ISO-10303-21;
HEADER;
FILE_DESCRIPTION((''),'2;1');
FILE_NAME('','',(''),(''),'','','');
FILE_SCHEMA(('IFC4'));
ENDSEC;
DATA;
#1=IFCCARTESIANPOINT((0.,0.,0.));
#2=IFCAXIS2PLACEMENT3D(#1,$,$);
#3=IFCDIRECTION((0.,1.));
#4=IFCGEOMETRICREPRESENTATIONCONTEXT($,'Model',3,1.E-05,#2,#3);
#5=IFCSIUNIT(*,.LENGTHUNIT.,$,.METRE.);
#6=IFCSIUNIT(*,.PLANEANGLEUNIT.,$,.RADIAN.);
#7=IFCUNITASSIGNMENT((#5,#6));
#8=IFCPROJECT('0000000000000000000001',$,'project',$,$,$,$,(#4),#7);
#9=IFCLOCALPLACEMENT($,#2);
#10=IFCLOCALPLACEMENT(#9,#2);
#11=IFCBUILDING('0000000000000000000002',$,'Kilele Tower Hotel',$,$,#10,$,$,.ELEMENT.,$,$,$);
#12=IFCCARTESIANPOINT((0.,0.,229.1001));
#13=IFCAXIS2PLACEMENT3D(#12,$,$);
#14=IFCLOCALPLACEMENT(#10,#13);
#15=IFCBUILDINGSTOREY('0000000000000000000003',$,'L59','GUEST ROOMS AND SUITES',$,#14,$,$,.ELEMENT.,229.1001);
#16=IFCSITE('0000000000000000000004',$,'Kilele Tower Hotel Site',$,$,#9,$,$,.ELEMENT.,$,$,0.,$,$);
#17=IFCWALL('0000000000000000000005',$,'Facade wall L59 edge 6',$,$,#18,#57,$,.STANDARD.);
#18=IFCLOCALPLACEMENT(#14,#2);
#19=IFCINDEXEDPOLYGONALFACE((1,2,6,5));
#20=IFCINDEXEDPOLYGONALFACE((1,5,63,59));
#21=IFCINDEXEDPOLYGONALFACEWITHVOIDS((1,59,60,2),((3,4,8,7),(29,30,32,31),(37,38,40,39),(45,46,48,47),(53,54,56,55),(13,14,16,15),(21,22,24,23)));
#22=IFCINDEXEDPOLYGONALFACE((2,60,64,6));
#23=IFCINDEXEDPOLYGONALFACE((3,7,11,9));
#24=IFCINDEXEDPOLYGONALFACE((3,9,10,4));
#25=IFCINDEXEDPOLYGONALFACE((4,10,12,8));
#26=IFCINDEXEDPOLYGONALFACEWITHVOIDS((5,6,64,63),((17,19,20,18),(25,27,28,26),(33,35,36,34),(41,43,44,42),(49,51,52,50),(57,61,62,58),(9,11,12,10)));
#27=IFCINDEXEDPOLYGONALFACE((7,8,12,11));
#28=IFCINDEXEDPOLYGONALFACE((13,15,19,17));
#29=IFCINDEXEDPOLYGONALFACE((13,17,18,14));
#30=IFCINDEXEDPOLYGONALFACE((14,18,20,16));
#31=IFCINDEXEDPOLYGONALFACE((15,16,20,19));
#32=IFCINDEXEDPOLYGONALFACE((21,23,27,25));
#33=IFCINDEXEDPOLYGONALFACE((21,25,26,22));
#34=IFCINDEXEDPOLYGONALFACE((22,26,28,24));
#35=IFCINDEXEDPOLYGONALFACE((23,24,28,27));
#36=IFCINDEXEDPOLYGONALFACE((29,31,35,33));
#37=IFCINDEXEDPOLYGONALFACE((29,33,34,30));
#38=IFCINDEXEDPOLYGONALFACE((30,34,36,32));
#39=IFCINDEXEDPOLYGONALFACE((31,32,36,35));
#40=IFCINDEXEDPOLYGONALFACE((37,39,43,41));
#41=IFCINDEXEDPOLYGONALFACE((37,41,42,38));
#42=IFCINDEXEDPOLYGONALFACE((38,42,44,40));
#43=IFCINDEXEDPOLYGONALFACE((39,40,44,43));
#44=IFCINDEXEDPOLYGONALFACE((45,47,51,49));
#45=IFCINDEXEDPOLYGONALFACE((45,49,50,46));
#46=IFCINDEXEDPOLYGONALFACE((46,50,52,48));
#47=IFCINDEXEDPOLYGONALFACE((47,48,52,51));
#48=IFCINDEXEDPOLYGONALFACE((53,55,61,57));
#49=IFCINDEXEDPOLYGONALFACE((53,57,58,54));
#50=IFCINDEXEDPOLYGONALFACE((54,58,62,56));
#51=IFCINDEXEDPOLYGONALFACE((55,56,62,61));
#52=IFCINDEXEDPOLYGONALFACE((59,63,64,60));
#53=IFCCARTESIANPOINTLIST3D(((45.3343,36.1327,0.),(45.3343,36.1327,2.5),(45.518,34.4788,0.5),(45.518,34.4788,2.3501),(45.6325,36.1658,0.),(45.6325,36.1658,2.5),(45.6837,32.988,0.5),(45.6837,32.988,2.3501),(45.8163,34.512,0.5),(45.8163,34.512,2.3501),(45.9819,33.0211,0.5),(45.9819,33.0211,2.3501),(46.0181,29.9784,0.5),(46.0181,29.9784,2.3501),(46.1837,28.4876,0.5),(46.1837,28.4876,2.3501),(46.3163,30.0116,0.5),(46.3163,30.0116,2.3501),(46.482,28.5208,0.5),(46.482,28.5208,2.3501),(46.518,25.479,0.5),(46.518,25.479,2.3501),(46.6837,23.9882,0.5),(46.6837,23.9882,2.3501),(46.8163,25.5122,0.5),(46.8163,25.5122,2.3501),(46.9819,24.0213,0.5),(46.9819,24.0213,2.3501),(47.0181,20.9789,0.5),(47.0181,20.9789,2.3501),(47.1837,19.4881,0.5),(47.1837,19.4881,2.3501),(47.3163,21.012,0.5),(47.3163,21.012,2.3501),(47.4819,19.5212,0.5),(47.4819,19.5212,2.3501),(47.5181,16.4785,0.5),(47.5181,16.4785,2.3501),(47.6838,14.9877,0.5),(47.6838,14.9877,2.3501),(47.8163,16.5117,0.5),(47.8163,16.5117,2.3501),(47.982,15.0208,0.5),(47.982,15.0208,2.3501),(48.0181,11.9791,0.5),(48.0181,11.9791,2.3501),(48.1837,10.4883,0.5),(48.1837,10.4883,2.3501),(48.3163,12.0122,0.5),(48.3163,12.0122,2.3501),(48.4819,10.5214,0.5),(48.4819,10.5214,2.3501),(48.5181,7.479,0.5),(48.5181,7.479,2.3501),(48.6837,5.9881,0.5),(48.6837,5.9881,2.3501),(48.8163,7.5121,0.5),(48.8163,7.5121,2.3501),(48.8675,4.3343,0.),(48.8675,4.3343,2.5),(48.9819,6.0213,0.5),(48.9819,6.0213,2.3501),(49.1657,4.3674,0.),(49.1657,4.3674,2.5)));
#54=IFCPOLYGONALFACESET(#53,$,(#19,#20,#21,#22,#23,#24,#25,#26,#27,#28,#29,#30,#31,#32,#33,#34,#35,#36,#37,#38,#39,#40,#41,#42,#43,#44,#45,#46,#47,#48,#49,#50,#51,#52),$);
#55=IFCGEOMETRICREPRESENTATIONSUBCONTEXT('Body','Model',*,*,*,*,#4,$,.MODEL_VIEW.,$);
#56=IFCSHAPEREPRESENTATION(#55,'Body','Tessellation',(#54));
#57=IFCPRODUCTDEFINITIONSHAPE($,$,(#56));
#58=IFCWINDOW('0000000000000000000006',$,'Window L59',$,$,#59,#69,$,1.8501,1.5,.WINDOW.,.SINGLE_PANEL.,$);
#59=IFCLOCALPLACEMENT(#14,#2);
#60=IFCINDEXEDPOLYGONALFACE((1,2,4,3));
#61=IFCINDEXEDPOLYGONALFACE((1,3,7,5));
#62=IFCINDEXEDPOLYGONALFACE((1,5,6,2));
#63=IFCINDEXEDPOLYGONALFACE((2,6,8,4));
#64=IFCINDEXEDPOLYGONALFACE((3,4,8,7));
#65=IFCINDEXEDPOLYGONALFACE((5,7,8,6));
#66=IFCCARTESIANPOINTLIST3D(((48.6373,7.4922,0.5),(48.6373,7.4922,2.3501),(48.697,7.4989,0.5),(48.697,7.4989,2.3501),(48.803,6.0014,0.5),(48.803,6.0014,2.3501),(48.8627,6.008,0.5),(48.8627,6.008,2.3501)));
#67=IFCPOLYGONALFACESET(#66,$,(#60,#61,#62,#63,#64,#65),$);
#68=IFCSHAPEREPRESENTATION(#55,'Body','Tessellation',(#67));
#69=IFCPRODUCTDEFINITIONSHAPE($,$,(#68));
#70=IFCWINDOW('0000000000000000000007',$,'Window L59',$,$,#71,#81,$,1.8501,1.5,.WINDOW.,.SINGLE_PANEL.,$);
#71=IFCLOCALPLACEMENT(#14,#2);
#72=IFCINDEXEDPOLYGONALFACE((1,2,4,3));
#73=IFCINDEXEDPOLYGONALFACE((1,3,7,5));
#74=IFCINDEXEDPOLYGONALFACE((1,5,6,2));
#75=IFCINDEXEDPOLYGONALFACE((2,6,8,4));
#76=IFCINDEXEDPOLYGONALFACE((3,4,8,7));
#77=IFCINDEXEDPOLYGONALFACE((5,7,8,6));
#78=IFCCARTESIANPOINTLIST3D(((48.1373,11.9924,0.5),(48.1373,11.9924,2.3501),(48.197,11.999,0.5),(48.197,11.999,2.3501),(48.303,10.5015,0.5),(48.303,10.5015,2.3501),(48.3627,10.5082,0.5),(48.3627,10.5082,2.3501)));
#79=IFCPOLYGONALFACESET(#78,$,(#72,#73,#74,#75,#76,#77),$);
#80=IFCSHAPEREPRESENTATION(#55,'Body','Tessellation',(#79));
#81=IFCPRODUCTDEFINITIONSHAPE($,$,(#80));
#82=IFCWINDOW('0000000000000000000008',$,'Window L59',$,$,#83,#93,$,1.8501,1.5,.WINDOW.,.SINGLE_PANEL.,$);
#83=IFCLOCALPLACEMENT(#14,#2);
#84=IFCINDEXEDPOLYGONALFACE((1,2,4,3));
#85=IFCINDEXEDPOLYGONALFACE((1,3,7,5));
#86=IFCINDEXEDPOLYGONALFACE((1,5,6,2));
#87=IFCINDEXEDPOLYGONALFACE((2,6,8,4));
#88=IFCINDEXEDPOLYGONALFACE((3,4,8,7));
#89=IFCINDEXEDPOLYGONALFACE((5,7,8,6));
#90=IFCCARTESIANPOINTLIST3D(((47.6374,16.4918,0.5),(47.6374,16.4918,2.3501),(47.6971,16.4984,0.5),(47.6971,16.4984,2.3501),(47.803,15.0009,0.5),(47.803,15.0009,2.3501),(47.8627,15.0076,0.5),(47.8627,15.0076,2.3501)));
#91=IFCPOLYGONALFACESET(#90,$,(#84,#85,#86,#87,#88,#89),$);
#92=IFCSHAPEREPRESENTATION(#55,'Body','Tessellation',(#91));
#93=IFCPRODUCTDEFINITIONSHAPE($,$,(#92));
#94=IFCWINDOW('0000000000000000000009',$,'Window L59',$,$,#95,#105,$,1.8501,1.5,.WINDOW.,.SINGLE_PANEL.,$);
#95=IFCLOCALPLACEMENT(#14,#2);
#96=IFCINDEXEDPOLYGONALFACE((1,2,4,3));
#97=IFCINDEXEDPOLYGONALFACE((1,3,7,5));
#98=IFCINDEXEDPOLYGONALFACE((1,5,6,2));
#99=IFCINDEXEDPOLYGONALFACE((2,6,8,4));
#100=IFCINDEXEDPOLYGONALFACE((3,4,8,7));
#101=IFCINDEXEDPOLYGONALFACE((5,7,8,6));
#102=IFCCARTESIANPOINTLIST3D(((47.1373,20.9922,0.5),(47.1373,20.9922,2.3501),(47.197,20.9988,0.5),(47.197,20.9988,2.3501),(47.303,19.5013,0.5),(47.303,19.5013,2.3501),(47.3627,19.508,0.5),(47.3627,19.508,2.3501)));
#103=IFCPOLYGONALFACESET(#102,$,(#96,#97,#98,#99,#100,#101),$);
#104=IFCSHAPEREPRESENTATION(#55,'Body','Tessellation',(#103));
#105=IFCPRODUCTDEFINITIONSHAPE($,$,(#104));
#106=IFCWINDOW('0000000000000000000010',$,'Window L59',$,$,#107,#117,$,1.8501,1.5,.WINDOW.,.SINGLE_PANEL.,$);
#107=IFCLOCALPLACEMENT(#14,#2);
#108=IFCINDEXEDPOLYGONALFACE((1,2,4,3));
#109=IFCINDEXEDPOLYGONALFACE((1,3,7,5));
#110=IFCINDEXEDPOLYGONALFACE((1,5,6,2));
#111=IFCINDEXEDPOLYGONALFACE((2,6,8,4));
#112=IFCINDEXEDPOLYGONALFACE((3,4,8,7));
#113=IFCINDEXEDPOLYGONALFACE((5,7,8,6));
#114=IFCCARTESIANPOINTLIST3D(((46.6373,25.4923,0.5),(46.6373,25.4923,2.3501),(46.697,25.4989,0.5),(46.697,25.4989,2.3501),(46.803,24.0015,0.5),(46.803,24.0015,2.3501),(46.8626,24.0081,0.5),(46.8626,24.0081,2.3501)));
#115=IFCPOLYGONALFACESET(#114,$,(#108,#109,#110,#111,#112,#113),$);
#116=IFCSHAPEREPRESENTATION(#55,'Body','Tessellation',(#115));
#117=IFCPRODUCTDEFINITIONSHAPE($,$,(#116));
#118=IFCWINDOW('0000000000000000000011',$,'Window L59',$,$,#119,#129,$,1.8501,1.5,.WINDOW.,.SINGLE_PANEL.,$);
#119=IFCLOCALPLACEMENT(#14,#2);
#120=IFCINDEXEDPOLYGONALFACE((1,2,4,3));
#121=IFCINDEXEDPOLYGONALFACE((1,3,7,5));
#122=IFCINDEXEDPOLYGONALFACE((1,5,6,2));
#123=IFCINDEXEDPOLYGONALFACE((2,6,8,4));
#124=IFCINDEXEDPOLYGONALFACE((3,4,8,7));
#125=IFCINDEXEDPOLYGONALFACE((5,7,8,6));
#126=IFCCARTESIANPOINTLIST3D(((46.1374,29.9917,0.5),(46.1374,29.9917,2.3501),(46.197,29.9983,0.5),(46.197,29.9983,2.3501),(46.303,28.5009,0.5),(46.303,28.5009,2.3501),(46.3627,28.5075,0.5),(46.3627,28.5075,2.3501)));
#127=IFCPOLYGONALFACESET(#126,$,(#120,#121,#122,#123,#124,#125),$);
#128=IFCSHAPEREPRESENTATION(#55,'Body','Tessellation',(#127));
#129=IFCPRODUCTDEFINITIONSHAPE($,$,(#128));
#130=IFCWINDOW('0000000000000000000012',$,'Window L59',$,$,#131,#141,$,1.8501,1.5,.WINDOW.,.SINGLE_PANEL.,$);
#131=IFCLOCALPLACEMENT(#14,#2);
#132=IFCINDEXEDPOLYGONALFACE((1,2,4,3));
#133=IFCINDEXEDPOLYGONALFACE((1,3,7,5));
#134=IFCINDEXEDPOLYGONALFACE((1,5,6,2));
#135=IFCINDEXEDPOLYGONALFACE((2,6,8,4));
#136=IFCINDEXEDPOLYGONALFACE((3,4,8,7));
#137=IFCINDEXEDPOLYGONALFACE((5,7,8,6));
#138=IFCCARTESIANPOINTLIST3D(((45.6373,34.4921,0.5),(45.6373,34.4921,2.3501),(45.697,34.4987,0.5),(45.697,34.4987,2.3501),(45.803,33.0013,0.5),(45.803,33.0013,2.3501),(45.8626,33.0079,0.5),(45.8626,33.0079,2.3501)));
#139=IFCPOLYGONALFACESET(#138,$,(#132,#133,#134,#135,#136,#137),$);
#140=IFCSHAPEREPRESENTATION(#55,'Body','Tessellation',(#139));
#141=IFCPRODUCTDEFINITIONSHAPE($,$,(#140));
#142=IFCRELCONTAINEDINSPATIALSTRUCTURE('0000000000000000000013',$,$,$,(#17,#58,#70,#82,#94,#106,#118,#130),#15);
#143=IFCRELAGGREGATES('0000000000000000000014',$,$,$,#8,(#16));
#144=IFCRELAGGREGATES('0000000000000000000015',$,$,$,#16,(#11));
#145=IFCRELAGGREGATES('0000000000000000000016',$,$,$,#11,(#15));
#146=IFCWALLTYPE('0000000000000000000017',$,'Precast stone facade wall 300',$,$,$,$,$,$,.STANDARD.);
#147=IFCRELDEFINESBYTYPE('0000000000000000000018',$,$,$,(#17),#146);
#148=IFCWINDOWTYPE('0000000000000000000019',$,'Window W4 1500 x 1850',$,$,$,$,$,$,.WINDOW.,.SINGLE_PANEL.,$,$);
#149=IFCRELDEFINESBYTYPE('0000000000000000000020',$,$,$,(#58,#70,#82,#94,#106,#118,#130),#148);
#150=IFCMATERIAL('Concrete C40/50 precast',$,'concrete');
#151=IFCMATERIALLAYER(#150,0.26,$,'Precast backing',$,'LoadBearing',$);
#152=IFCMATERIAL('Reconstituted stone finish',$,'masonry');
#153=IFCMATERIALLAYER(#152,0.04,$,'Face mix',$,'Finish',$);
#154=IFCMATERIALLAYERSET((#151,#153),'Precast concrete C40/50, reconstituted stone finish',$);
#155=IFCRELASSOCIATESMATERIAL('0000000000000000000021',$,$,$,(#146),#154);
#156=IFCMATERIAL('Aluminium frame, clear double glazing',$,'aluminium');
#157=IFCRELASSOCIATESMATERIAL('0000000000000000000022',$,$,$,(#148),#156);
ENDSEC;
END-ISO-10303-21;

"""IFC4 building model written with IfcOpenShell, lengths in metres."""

from ifc_helpers import new_model, si_unit, direction, frame, frame_2d, origin, place, context, subcontext, project, spatial, rectangle, extrude, material, layer, layer_set, type_object, element, fill, save


model = new_model("IFC4")

# Units and contexts
model_context = context("Model", 3, precision=1e-05, world=origin(), true_north=direction((0.0, 1.0)))
body_context = subcontext(model_context, "Body", "Model", "MODEL_VIEW")
ifc_project = project(units=[si_unit("LENGTHUNIT", "METRE"), si_unit("PLANEANGLEUNIT", "RADIAN")], contexts=[model_context])

# Site, building, storey
site_placement = place(None, origin())
site = spatial("IfcSite", under=ifc_project, at=site_placement, Name="Kilele Tower Hotel Site", CompositionType="ELEMENT", RefElevation=0.0)
building_placement = place(site_placement, origin())
building = spatial("IfcBuilding", under=site, at=building_placement, Name="Kilele Tower Hotel", CompositionType="ELEMENT")
storey_placement = place(building_placement, frame((0.0, 0.0, 229.1001)))
storey = spatial("IfcBuildingStorey", under=building, at=storey_placement, Name="L59", Description="GUEST ROOMS AND SUITES", CompositionType="ELEMENT", Elevation=229.1001)

# Shared definitions
ifc_material_1 = material(Name="Concrete C40/50 precast", Category="concrete")
ifc_layer_1 = layer(ifc_material_1, 0.26, Name="Precast backing", Category="LoadBearing")
ifc_material_2 = material(Name="Reconstituted stone finish", Category="masonry")
ifc_layer_2 = layer(ifc_material_2, 0.04, Name="Face mix", Category="Finish")
ifc_layer_set_1 = layer_set([ifc_layer_1, ifc_layer_2], Name="Precast concrete C40/50, reconstituted stone finish")
wall_type_1 = type_object("IfcWallType", Name="Precast stone facade wall 300", PredefinedType="STANDARD", material=ifc_layer_set_1)
ifc_material_3 = material(Name="Aluminium frame, clear double glazing", Category="aluminium")
window_type_1 = type_object("IfcWindowType", Name="Window W4 1500 x 1850", PartitioningType="SINGLE_PANEL", PredefinedType="WINDOW", material=ifc_material_3)

# Wall, openings, windows
wall_1_placement = place(storey_placement, frame((49.0166, 4.3508, 0.0), z_axis=(0.0, 0.0, 1.0), x_axis=(-0.110433, 0.993884, 0.0)))
wall_1 = element("IfcWall", 1, at=wall_1_placement, inside=storey, type_object=wall_type_1, Name="Facade wall L59 edge 6", PredefinedType="STANDARD", context=body_context, shape_type="SweptSolid", body=[
    extrude(rectangle(XDim=31.9941, YDim=0.3, at=frame_2d((15.9971, 0.0))), origin(), (0.0, 0.0, 1.0), 2.5),
])
opening_1_placement = place(wall_1_placement, frame((1.6641, 0.0, 0.5)))
opening_1 = element("IfcOpeningElement", 2, at=opening_1_placement, cuts=wall_1, PredefinedType="OPENING", context=body_context, shape_type="SweptSolid", body=[
    extrude(rectangle(XDim=1.5, YDim=1.8501, at=frame_2d((0.75, 0.925))), frame((0.0, 0.1599, 0.0), z_axis=(0.0, -1.0, 0.0), x_axis=(1.0, 0.0, 0.0)), (0.0, 0.0, 1.0), 0.3201),
])
opening_2_placement = place(wall_1_placement, frame((6.1919, 0.0, 0.5)))
opening_2 = element("IfcOpeningElement", 3, at=opening_2_placement, cuts=wall_1, PredefinedType="OPENING", context=body_context, shape_type="SweptSolid", body=[
    extrude(rectangle(XDim=1.5, YDim=1.8501, at=frame_2d((0.75, 0.925))), frame((0.0, 0.1599, 0.0), z_axis=(0.0, -1.0, 0.0), x_axis=(1.0, 0.0, 0.0)), (0.0, 0.0, 1.0), 0.3201),
])
opening_3_placement = place(wall_1_placement, frame((10.719, 0.0, 0.5)))
opening_3 = element("IfcOpeningElement", 4, at=opening_3_placement, cuts=wall_1, PredefinedType="OPENING", context=body_context, shape_type="SweptSolid", body=[
    extrude(rectangle(XDim=1.5, YDim=1.8501, at=frame_2d((0.75, 0.925))), frame((0.0, 0.1599, 0.0), z_axis=(0.0, -1.0, 0.0), x_axis=(1.0, 0.0, 0.0)), (0.0, 0.0, 1.0), 0.3201),
])
opening_4_placement = place(wall_1_placement, frame((15.2471, 0.0, 0.5)))
opening_4 = element("IfcOpeningElement", 5, at=opening_4_placement, cuts=wall_1, PredefinedType="OPENING", context=body_context, shape_type="SweptSolid", body=[
    extrude(rectangle(XDim=1.5, YDim=1.8501, at=frame_2d((0.75, 0.925))), frame((0.0, 0.1599, 0.0), z_axis=(0.0, -1.0, 0.0), x_axis=(1.0, 0.0, 0.0)), (0.0, 0.0, 1.0), 0.3201),
])
opening_5_placement = place(wall_1_placement, frame((19.7749, 0.0, 0.5)))
opening_5 = element("IfcOpeningElement", 6, at=opening_5_placement, cuts=wall_1, PredefinedType="OPENING", context=body_context, shape_type="SweptSolid", body=[
    extrude(rectangle(XDim=1.5, YDim=1.8501, at=frame_2d((0.75, 0.925))), frame((0.0, 0.1599, 0.0), z_axis=(0.0, -1.0, 0.0), x_axis=(1.0, 0.0, 0.0)), (0.0, 0.0, 1.0), 0.3201),
])
opening_6_placement = place(wall_1_placement, frame((24.302, 0.0, 0.5)))
opening_6 = element("IfcOpeningElement", 7, at=opening_6_placement, cuts=wall_1, PredefinedType="OPENING", context=body_context, shape_type="SweptSolid", body=[
    extrude(rectangle(XDim=1.5, YDim=1.8501, at=frame_2d((0.75, 0.925))), frame((0.0, 0.1599, 0.0), z_axis=(0.0, -1.0, 0.0), x_axis=(1.0, 0.0, 0.0)), (0.0, 0.0, 1.0), 0.3201),
])
opening_7_placement = place(wall_1_placement, frame((28.8301, 0.0, 0.5)))
opening_7 = element("IfcOpeningElement", 8, at=opening_7_placement, cuts=wall_1, PredefinedType="OPENING", context=body_context, shape_type="SweptSolid", body=[
    extrude(rectangle(XDim=1.5, YDim=1.8501, at=frame_2d((0.75, 0.925))), frame((0.0, 0.1599, 0.0), z_axis=(0.0, -1.0, 0.0), x_axis=(1.0, 0.0, 0.0)), (0.0, 0.0, 1.0), 0.3201),
])
window_1_placement = place(opening_1_placement, origin())
window_1 = element("IfcWindow", 9, at=window_1_placement, inside=storey, type_object=window_type_1, Name="Window L59", OverallHeight=1.8501, OverallWidth=1.5, PartitioningType="SINGLE_PANEL", PredefinedType="WINDOW", context=body_context, shape_type="SweptSolid", body=[
    extrude(rectangle(XDim=1.5, YDim=1.8501, at=frame_2d((0.75, 0.925))), frame((0.0, 0.03, 0.0), z_axis=(0.0, -1.0, 0.0), x_axis=(1.0, 0.0, 0.0)), (0.0, 0.0, 1.0), 0.0601),
])
fill(opening_1, window_1)
window_2_placement = place(opening_2_placement, origin())
window_2 = element("IfcWindow", 10, at=window_2_placement, inside=storey, type_object=window_type_1, Name="Window L59", OverallHeight=1.8501, OverallWidth=1.5, PartitioningType="SINGLE_PANEL", PredefinedType="WINDOW", context=body_context, shape_type="SweptSolid", body=[
    extrude(rectangle(XDim=1.5, YDim=1.8501, at=frame_2d((0.75, 0.925))), frame((0.0, 0.03, 0.0), z_axis=(0.0, -1.0, 0.0), x_axis=(1.0, 0.0, 0.0)), (0.0, 0.0, 1.0), 0.0601),
])
fill(opening_2, window_2)
window_3_placement = place(opening_3_placement, origin())
window_3 = element("IfcWindow", 11, at=window_3_placement, inside=storey, type_object=window_type_1, Name="Window L59", OverallHeight=1.8501, OverallWidth=1.5, PartitioningType="SINGLE_PANEL", PredefinedType="WINDOW", context=body_context, shape_type="SweptSolid", body=[
    extrude(rectangle(XDim=1.5, YDim=1.8501, at=frame_2d((0.75, 0.925))), frame((0.0, 0.03, 0.0), z_axis=(0.0, -1.0, 0.0), x_axis=(1.0, 0.0, 0.0)), (0.0, 0.0, 1.0), 0.0601),
])
fill(opening_3, window_3)
window_4_placement = place(opening_4_placement, origin())
window_4 = element("IfcWindow", 12, at=window_4_placement, inside=storey, type_object=window_type_1, Name="Window L59", OverallHeight=1.8501, OverallWidth=1.5, PartitioningType="SINGLE_PANEL", PredefinedType="WINDOW", context=body_context, shape_type="SweptSolid", body=[
    extrude(rectangle(XDim=1.5, YDim=1.8501, at=frame_2d((0.75, 0.925))), frame((0.0, 0.03, 0.0), z_axis=(0.0, -1.0, 0.0), x_axis=(1.0, 0.0, 0.0)), (0.0, 0.0, 1.0), 0.0601),
])
fill(opening_4, window_4)
window_5_placement = place(opening_5_placement, origin())
window_5 = element("IfcWindow", 13, at=window_5_placement, inside=storey, type_object=window_type_1, Name="Window L59", OverallHeight=1.8501, OverallWidth=1.5, PartitioningType="SINGLE_PANEL", PredefinedType="WINDOW", context=body_context, shape_type="SweptSolid", body=[
    extrude(rectangle(XDim=1.5, YDim=1.8501, at=frame_2d((0.75, 0.925))), frame((0.0, 0.03, 0.0), z_axis=(0.0, -1.0, 0.0), x_axis=(1.0, 0.0, 0.0)), (0.0, 0.0, 1.0), 0.0601),
])
fill(opening_5, window_5)
window_6_placement = place(opening_6_placement, origin())
window_6 = element("IfcWindow", 14, at=window_6_placement, inside=storey, type_object=window_type_1, Name="Window L59", OverallHeight=1.8501, OverallWidth=1.5, PartitioningType="SINGLE_PANEL", PredefinedType="WINDOW", context=body_context, shape_type="SweptSolid", body=[
    extrude(rectangle(XDim=1.5, YDim=1.8501, at=frame_2d((0.75, 0.925))), frame((0.0, 0.03, 0.0), z_axis=(0.0, -1.0, 0.0), x_axis=(1.0, 0.0, 0.0)), (0.0, 0.0, 1.0), 0.0601),
])
fill(opening_6, window_6)
window_7_placement = place(opening_7_placement, origin())
window_7 = element("IfcWindow", 15, at=window_7_placement, inside=storey, type_object=window_type_1, Name="Window L59", OverallHeight=1.8501, OverallWidth=1.5, PartitioningType="SINGLE_PANEL", PredefinedType="WINDOW", context=body_context, shape_type="SweptSolid", body=[
    extrude(rectangle(XDim=1.5, YDim=1.8501, at=frame_2d((0.75, 0.925))), frame((0.0, 0.03, 0.0), z_axis=(0.0, -1.0, 0.0), x_axis=(1.0, 0.0, 0.0)), (0.0, 0.0, 1.0), 0.0601),
])
fill(opening_7, window_7)

save(model, "model.ifc")
